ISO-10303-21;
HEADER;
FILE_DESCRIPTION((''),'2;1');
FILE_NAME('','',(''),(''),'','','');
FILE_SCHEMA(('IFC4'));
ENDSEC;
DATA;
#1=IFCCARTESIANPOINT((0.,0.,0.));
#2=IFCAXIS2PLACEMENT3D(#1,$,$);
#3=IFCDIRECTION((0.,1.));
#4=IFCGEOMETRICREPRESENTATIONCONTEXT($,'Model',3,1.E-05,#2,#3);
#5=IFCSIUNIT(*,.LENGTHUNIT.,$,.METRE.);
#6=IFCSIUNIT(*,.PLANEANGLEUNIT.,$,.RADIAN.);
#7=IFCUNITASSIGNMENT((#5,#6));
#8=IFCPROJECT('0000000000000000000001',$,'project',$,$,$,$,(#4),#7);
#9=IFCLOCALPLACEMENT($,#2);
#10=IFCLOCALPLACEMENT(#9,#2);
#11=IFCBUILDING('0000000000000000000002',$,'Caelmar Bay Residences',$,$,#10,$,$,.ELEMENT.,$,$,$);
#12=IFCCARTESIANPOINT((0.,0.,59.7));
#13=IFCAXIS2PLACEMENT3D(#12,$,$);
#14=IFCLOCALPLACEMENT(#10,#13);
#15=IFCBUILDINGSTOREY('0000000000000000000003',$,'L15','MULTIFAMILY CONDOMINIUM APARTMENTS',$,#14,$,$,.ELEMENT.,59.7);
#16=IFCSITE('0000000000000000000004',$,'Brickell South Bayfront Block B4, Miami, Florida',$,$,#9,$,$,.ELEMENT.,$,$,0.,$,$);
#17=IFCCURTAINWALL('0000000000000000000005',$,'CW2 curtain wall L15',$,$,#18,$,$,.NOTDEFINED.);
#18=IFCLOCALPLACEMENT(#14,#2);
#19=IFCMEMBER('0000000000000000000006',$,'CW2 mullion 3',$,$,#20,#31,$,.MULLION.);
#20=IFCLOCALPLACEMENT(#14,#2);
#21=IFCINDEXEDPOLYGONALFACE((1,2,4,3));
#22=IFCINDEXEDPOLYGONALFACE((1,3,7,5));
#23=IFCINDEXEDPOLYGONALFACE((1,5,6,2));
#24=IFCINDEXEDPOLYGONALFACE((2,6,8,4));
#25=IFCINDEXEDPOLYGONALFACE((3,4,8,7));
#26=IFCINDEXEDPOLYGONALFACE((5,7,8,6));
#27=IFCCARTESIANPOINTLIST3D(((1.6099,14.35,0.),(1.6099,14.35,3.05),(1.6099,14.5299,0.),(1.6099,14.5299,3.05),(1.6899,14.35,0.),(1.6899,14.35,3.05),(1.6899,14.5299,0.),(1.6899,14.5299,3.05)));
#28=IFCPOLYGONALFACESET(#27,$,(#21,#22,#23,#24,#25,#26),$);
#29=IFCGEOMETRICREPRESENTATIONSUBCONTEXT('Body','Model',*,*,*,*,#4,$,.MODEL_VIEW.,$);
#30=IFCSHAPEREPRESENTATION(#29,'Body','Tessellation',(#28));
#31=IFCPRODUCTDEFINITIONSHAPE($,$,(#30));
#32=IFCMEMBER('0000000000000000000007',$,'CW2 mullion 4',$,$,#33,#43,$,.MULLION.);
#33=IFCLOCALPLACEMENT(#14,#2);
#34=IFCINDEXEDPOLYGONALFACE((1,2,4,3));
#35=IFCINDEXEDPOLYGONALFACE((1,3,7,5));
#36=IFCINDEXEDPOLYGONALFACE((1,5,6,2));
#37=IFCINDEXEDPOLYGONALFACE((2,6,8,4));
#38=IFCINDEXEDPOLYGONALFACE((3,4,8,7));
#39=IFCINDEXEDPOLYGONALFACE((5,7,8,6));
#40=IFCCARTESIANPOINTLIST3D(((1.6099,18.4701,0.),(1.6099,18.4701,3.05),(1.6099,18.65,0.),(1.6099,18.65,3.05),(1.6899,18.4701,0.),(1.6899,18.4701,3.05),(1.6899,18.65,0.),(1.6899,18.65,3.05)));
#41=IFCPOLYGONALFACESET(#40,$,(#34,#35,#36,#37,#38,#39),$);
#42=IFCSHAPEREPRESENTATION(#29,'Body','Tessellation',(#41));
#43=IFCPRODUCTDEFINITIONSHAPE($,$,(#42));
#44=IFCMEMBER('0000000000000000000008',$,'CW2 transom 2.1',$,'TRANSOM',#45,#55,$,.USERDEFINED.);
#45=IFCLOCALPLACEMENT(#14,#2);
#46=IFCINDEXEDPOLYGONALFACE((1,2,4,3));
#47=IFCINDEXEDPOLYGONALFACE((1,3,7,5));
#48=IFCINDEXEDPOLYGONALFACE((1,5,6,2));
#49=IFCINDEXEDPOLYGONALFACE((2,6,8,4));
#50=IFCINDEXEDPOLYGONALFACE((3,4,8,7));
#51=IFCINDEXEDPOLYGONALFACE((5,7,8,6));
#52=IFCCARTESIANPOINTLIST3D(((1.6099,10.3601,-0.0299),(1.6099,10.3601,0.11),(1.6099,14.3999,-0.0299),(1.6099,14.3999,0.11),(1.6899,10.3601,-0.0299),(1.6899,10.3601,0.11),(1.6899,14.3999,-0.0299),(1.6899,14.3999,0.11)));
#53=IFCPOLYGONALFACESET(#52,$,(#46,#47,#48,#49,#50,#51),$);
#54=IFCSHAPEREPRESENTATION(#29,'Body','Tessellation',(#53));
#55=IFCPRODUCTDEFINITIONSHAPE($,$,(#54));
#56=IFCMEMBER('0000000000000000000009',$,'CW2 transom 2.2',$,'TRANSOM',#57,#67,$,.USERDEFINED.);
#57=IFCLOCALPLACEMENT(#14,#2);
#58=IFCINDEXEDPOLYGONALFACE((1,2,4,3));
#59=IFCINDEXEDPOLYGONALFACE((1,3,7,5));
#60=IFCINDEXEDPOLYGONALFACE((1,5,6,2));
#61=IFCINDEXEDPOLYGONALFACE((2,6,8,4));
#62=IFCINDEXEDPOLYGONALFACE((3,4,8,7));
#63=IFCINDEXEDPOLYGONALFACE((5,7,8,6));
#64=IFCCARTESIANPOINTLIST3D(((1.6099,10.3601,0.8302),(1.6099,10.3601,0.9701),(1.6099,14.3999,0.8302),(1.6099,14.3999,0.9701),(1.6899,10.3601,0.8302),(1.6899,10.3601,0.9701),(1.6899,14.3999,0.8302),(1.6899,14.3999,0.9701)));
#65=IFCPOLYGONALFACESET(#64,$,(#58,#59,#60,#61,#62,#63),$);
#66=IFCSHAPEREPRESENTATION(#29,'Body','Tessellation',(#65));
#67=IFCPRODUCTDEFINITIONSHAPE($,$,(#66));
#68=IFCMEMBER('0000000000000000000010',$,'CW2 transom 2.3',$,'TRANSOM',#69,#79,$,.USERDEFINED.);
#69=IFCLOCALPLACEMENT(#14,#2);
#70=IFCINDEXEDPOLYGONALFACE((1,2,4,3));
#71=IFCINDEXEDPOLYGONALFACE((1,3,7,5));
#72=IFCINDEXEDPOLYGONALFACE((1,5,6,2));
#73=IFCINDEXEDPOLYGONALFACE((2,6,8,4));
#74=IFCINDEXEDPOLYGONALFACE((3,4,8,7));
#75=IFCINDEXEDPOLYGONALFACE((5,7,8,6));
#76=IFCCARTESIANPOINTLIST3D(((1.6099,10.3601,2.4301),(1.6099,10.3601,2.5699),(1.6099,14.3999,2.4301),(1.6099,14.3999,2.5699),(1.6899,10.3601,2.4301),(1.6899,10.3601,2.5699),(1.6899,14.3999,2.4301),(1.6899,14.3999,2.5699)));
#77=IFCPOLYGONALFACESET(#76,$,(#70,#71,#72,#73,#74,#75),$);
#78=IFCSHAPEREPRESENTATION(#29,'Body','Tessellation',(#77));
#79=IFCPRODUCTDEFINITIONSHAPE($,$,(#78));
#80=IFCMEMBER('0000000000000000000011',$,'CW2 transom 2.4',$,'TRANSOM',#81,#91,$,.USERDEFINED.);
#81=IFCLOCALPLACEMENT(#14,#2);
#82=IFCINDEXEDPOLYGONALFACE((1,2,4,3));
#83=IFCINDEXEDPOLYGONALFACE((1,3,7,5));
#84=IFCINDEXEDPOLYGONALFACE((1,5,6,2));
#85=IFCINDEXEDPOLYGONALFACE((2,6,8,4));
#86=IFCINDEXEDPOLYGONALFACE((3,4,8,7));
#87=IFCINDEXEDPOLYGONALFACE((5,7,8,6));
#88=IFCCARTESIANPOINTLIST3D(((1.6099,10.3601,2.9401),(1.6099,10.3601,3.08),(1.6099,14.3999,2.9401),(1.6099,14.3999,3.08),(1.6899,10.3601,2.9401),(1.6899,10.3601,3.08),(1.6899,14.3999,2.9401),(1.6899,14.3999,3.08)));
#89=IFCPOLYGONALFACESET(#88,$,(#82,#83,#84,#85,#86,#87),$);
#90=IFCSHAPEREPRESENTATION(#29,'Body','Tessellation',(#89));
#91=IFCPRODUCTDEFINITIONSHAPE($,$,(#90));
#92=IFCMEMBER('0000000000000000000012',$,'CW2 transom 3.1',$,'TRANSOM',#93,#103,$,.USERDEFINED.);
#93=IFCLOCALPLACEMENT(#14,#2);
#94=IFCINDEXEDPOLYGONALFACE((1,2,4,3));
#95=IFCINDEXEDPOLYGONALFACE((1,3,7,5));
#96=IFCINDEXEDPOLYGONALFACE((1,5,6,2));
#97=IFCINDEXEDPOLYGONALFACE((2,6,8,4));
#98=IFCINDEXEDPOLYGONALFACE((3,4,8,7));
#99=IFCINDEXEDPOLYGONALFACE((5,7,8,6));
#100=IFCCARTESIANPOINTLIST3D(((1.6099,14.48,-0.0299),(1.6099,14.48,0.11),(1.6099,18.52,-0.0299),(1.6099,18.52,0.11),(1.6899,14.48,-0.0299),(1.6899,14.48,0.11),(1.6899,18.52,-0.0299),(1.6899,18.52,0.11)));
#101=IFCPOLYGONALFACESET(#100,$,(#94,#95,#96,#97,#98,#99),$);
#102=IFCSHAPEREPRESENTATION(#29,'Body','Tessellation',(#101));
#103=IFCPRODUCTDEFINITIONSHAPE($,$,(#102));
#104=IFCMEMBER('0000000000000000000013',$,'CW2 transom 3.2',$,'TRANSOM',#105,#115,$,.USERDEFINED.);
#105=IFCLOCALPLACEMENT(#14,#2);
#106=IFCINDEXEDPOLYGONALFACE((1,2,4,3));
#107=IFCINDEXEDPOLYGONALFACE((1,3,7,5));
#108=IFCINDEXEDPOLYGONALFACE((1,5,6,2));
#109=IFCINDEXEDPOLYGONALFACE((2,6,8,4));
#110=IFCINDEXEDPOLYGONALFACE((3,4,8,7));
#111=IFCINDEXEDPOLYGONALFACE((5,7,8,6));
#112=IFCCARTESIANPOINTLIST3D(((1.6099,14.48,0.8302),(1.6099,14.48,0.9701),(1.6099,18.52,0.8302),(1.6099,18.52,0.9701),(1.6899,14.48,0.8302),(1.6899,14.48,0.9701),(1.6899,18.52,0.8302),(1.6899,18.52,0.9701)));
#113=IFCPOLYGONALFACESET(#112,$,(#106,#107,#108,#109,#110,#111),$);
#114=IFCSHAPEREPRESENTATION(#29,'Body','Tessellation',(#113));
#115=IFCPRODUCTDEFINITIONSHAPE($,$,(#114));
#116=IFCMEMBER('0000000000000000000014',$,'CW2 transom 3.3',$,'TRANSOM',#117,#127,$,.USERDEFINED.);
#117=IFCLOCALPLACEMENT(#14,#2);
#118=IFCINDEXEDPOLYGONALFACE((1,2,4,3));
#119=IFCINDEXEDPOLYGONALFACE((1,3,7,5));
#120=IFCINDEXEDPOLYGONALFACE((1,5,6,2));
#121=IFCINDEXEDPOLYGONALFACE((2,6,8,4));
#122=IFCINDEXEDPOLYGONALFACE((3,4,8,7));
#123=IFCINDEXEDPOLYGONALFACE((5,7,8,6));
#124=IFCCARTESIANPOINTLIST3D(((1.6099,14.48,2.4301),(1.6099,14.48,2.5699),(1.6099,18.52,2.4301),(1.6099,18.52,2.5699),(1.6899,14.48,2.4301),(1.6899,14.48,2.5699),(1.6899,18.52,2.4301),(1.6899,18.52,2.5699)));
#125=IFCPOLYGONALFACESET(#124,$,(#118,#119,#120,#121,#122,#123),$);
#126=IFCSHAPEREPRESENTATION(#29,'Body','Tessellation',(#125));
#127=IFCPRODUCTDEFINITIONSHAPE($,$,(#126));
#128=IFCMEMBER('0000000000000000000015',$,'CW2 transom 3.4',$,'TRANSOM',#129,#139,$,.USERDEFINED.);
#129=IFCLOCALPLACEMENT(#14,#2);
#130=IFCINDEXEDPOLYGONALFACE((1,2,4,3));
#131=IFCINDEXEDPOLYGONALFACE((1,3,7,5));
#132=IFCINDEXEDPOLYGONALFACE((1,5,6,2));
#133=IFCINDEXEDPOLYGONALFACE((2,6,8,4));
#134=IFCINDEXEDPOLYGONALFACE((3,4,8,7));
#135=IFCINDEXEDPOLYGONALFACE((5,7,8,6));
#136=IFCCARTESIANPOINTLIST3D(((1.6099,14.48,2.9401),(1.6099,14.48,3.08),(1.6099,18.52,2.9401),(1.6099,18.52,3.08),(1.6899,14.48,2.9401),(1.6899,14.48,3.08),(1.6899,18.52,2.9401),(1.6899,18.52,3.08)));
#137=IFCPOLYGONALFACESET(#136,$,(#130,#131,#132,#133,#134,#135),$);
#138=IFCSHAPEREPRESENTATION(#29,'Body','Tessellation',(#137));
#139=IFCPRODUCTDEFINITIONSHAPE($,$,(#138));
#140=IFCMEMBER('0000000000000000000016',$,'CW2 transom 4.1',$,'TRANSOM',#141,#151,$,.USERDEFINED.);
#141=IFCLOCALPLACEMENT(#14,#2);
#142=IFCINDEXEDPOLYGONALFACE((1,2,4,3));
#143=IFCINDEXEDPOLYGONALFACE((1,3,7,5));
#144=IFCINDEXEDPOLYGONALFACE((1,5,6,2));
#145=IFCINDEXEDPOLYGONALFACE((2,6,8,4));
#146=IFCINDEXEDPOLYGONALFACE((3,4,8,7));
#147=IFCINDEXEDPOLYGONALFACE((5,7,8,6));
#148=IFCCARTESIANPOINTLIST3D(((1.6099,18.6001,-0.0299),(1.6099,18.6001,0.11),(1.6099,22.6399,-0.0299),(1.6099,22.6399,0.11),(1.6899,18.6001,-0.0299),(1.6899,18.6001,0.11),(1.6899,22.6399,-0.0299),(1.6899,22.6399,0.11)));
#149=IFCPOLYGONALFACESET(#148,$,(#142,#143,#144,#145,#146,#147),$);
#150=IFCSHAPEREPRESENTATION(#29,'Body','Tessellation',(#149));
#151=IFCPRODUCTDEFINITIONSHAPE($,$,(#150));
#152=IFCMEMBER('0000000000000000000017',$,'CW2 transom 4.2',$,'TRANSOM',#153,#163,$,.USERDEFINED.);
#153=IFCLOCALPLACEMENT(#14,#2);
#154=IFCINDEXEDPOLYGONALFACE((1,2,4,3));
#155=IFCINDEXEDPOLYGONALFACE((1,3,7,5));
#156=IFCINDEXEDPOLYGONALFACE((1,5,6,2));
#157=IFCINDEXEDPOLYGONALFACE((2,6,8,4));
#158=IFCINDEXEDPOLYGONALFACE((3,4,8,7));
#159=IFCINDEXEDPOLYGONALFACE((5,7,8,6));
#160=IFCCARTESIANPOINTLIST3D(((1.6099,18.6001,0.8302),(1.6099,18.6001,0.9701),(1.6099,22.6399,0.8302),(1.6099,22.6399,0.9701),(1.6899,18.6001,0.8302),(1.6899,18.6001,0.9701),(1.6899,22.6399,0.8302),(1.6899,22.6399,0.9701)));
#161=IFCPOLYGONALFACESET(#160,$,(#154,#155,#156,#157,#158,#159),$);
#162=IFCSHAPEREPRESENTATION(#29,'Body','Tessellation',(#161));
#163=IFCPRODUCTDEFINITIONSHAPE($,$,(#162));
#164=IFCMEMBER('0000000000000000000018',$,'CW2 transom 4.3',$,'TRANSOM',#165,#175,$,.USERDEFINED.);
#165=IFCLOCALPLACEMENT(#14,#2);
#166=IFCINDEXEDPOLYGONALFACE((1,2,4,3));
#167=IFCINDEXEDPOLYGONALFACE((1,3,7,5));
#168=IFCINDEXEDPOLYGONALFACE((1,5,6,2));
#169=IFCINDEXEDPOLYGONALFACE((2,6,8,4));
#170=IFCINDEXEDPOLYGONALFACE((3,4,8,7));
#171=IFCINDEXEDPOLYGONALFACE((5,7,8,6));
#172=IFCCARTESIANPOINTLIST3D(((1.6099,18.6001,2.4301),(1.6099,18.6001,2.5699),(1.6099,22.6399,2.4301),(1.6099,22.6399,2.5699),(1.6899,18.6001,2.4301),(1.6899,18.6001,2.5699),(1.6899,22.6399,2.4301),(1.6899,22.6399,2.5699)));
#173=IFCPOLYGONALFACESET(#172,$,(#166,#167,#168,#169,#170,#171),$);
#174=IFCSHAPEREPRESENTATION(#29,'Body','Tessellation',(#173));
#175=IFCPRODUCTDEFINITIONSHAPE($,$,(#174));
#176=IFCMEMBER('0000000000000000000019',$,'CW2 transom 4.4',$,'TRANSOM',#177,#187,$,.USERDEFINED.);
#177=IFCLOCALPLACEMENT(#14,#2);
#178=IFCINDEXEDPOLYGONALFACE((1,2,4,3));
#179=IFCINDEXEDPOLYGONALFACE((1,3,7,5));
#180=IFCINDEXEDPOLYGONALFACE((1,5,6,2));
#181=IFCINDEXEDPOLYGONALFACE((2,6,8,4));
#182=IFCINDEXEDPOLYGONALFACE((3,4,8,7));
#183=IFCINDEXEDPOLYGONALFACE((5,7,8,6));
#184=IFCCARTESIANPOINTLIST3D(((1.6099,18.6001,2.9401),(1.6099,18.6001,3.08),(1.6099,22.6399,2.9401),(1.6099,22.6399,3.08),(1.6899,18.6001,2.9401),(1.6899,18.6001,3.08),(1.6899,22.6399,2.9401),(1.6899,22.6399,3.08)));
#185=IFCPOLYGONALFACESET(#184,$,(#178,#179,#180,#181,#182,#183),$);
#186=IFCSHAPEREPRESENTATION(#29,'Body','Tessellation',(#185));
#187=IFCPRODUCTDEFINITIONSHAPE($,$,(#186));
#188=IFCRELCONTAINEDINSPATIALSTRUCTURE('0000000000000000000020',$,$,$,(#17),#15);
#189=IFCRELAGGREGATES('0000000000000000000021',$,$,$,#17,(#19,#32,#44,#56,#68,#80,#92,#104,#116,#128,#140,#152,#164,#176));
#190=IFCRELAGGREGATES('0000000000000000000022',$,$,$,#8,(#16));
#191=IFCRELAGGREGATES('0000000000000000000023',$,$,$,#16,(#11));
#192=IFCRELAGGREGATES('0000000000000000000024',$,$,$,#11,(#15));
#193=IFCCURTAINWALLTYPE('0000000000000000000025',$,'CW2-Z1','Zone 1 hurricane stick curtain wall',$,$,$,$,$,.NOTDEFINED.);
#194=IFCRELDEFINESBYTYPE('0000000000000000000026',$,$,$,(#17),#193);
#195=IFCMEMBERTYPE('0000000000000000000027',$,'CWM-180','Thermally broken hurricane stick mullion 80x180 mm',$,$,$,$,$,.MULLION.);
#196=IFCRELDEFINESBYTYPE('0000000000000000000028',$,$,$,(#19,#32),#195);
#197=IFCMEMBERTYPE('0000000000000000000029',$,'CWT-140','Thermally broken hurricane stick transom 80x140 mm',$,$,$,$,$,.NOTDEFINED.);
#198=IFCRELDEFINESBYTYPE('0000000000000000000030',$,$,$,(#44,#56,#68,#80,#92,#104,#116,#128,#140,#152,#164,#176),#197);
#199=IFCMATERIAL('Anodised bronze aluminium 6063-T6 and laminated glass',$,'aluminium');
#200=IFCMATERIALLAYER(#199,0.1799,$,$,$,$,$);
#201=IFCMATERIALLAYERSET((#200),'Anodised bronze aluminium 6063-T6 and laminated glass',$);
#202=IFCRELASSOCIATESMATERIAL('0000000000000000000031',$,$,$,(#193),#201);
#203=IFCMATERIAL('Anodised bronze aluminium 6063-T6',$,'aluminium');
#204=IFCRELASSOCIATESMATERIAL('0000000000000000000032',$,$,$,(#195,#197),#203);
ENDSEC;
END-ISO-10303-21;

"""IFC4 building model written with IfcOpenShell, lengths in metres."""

from ifc_helpers import new_model, si_unit, direction, frame, origin, origin_2d, place, context, subcontext, project, spatial, rectangle, extrude, material, layer, layer_set, material_profile, profile_set, type_object, element, aggregate, save


model = new_model("IFC4")

# Units and contexts
model_context = context("Model", 3, precision=1e-05, world=origin(), true_north=direction((0.0, 1.0)))
body_context = subcontext(model_context, "Body", "Model", "MODEL_VIEW")
ifc_project = project(units=[si_unit("LENGTHUNIT", "METRE"), si_unit("PLANEANGLEUNIT", "RADIAN")], contexts=[model_context])

# Site, building, storey
site_placement = place(None, origin())
site = spatial("IfcSite", under=ifc_project, at=site_placement, Name="Brickell South Bayfront Block B4, Miami, Florida", CompositionType="ELEMENT", RefElevation=0.0)
building_placement = place(site_placement, origin())
building = spatial("IfcBuilding", under=site, at=building_placement, Name="Caelmar Bay Residences", CompositionType="ELEMENT")
storey_placement = place(building_placement, frame((0.0, 0.0, 59.7)))
storey = spatial("IfcBuildingStorey", under=building, at=storey_placement, Name="L15", Description="MULTIFAMILY CONDOMINIUM APARTMENTS", CompositionType="ELEMENT", Elevation=59.7)

# Curtain wall, members
ifc_material_1 = material(Name="Anodised bronze aluminium 6063-T6 and laminated glass", Category="aluminium")
ifc_layer_1 = layer(ifc_material_1, 0.1799)
ifc_layer_set_1 = layer_set([ifc_layer_1], Name="Anodised bronze aluminium 6063-T6 and laminated glass")
curtain_wall_type = type_object("IfcCurtainWallType", Name="CW2-Z1", Description="Zone 1 hurricane stick curtain wall", PredefinedType="NOTDEFINED", material=ifc_layer_set_1)
curtain_wall_placement = place(storey_placement, origin())
curtain_wall = element("IfcCurtainWall", 1, at=curtain_wall_placement, inside=storey, type_object=curtain_wall_type, Name="CW2 curtain wall L15", PredefinedType="NOTDEFINED")
ifc_material_2 = material(Name="Anodised bronze aluminium 6063-T6", Category="aluminium")
ifc_material_profile_1 = material_profile(ifc_material_2, rectangle(XDim=0.0801, YDim=0.1799, at=origin_2d()), Name="CWM-80X180")
ifc_profile_set_1 = profile_set([ifc_material_profile_1], Name="Anodised bronze aluminium 6063-T6")
member_type_1 = type_object("IfcMemberType", Name="CWM-180", Description="Thermally broken hurricane stick mullion 80x180 mm", PredefinedType="MULLION", material=ifc_profile_set_1)
member_1_placement = place(storey_placement, frame((1.6499, 14.4399, 0.0), z_axis=(0.0, 0.0, 1.0), x_axis=(-1.0, 0.0, 0.0)))
member_1 = element("IfcMember", 2, at=member_1_placement, type_object=member_type_1, Name="CW2 mullion 3", PredefinedType="MULLION", context=body_context, shape_type="SweptSolid", body=[
    extrude(rectangle(XDim=0.0801, YDim=0.1799, at=origin_2d()), origin(), (0.0, 0.0, 1.0), 3.05),
])
member_2_placement = place(storey_placement, frame((1.6499, 18.5601, 0.0), z_axis=(0.0, 0.0, 1.0), x_axis=(-1.0, 0.0, 0.0)))
member_2 = element("IfcMember", 3, at=member_2_placement, type_object=member_type_1, Name="CW2 mullion 4", PredefinedType="MULLION", context=body_context, shape_type="SweptSolid", body=[
    extrude(rectangle(XDim=0.0801, YDim=0.1799, at=origin_2d()), origin(), (0.0, 0.0, 1.0), 3.05),
])
ifc_material_profile_2 = material_profile(ifc_material_2, rectangle(XDim=0.0801, YDim=0.1399, at=origin_2d()), Name="CWT-80X140")
ifc_profile_set_2 = profile_set([ifc_material_profile_2], Name="Anodised bronze aluminium 6063-T6")
member_type_2 = type_object("IfcMemberType", Name="CWT-140", Description="Thermally broken hurricane stick transom 80x140 mm", PredefinedType="NOTDEFINED", material=ifc_profile_set_2)
member_3_placement = place(storey_placement, frame((1.6499, 10.3601, 0.04), z_axis=(0.0, 1.0, 0.0), x_axis=(-1.0, 0.0, 0.0)))
member_3 = element("IfcMember", 4, at=member_3_placement, type_object=member_type_2, Name="CW2 transom 2.1", ObjectType="TRANSOM", PredefinedType="USERDEFINED", context=body_context, shape_type="SweptSolid", body=[
    extrude(rectangle(XDim=0.0801, YDim=0.1399, at=origin_2d()), origin(), (0.0, 0.0, 1.0), 4.0398),
])
member_4_placement = place(storey_placement, frame((1.6499, 10.3601, 0.9001), z_axis=(0.0, 1.0, 0.0), x_axis=(-1.0, 0.0, 0.0)))
member_4 = element("IfcMember", 5, at=member_4_placement, type_object=member_type_2, Name="CW2 transom 2.2", ObjectType="TRANSOM", PredefinedType="USERDEFINED", context=body_context, shape_type="SweptSolid", body=[
    extrude(rectangle(XDim=0.0801, YDim=0.1399, at=origin_2d()), origin(), (0.0, 0.0, 1.0), 4.0398),
])
member_5_placement = place(storey_placement, frame((1.6499, 10.3601, 2.5), z_axis=(0.0, 1.0, 0.0), x_axis=(-1.0, 0.0, 0.0)))
member_5 = element("IfcMember", 6, at=member_5_placement, type_object=member_type_2, Name="CW2 transom 2.3", ObjectType="TRANSOM", PredefinedType="USERDEFINED", context=body_context, shape_type="SweptSolid", body=[
    extrude(rectangle(XDim=0.0801, YDim=0.1399, at=origin_2d()), origin(), (0.0, 0.0, 1.0), 4.0398),
])
member_6_placement = place(storey_placement, frame((1.6499, 10.3601, 3.01), z_axis=(0.0, 1.0, 0.0), x_axis=(-1.0, 0.0, 0.0)))
member_6 = element("IfcMember", 7, at=member_6_placement, type_object=member_type_2, Name="CW2 transom 2.4", ObjectType="TRANSOM", PredefinedType="USERDEFINED", context=body_context, shape_type="SweptSolid", body=[
    extrude(rectangle(XDim=0.0801, YDim=0.1399, at=origin_2d()), origin(), (0.0, 0.0, 1.0), 4.0398),
])
member_7_placement = place(storey_placement, frame((1.6499, 14.48, 0.04), z_axis=(0.0, 1.0, 0.0), x_axis=(-1.0, 0.0, 0.0)))
member_7 = element("IfcMember", 8, at=member_7_placement, type_object=member_type_2, Name="CW2 transom 3.1", ObjectType="TRANSOM", PredefinedType="USERDEFINED", context=body_context, shape_type="SweptSolid", body=[
    extrude(rectangle(XDim=0.0801, YDim=0.1399, at=origin_2d()), origin(), (0.0, 0.0, 1.0), 4.04),
])
member_8_placement = place(storey_placement, frame((1.6499, 14.48, 0.9001), z_axis=(0.0, 1.0, 0.0), x_axis=(-1.0, 0.0, 0.0)))
member_8 = element("IfcMember", 9, at=member_8_placement, type_object=member_type_2, Name="CW2 transom 3.2", ObjectType="TRANSOM", PredefinedType="USERDEFINED", context=body_context, shape_type="SweptSolid", body=[
    extrude(rectangle(XDim=0.0801, YDim=0.1399, at=origin_2d()), origin(), (0.0, 0.0, 1.0), 4.04),
])
member_9_placement = place(storey_placement, frame((1.6499, 14.48, 2.5), z_axis=(0.0, 1.0, 0.0), x_axis=(-1.0, 0.0, 0.0)))
member_9 = element("IfcMember", 10, at=member_9_placement, type_object=member_type_2, Name="CW2 transom 3.3", ObjectType="TRANSOM", PredefinedType="USERDEFINED", context=body_context, shape_type="SweptSolid", body=[
    extrude(rectangle(XDim=0.0801, YDim=0.1399, at=origin_2d()), origin(), (0.0, 0.0, 1.0), 4.04),
])
member_10_placement = place(storey_placement, frame((1.6499, 14.48, 3.01), z_axis=(0.0, 1.0, 0.0), x_axis=(-1.0, 0.0, 0.0)))
member_10 = element("IfcMember", 11, at=member_10_placement, type_object=member_type_2, Name="CW2 transom 3.4", ObjectType="TRANSOM", PredefinedType="USERDEFINED", context=body_context, shape_type="SweptSolid", body=[
    extrude(rectangle(XDim=0.0801, YDim=0.1399, at=origin_2d()), origin(), (0.0, 0.0, 1.0), 4.04),
])
member_11_placement = place(storey_placement, frame((1.6499, 18.6001, 0.04), z_axis=(0.0, 1.0, 0.0), x_axis=(-1.0, 0.0, 0.0)))
member_11 = element("IfcMember", 12, at=member_11_placement, type_object=member_type_2, Name="CW2 transom 4.1", ObjectType="TRANSOM", PredefinedType="USERDEFINED", context=body_context, shape_type="SweptSolid", body=[
    extrude(rectangle(XDim=0.0801, YDim=0.1399, at=origin_2d()), origin(), (0.0, 0.0, 1.0), 4.0398),
])
member_12_placement = place(storey_placement, frame((1.6499, 18.6001, 0.9001), z_axis=(0.0, 1.0, 0.0), x_axis=(-1.0, 0.0, 0.0)))
member_12 = element("IfcMember", 13, at=member_12_placement, type_object=member_type_2, Name="CW2 transom 4.2", ObjectType="TRANSOM", PredefinedType="USERDEFINED", context=body_context, shape_type="SweptSolid", body=[
    extrude(rectangle(XDim=0.0801, YDim=0.1399, at=origin_2d()), origin(), (0.0, 0.0, 1.0), 4.0398),
])
member_13_placement = place(storey_placement, frame((1.6499, 18.6001, 2.5), z_axis=(0.0, 1.0, 0.0), x_axis=(-1.0, 0.0, 0.0)))
member_13 = element("IfcMember", 14, at=member_13_placement, type_object=member_type_2, Name="CW2 transom 4.3", ObjectType="TRANSOM", PredefinedType="USERDEFINED", context=body_context, shape_type="SweptSolid", body=[
    extrude(rectangle(XDim=0.0801, YDim=0.1399, at=origin_2d()), origin(), (0.0, 0.0, 1.0), 4.0398),
])
member_14_placement = place(storey_placement, frame((1.6499, 18.6001, 3.01), z_axis=(0.0, 1.0, 0.0), x_axis=(-1.0, 0.0, 0.0)))
member_14 = element("IfcMember", 15, at=member_14_placement, type_object=member_type_2, Name="CW2 transom 4.4", ObjectType="TRANSOM", PredefinedType="USERDEFINED", context=body_context, shape_type="SweptSolid", body=[
    extrude(rectangle(XDim=0.0801, YDim=0.1399, at=origin_2d()), origin(), (0.0, 0.0, 1.0), 4.0398),
])
aggregate(curtain_wall, [member_1, member_2, member_3, member_4, member_5, member_6, member_7, member_8, member_9, member_10, member_11, member_12, member_13, member_14])

save(model, "model.ifc")
